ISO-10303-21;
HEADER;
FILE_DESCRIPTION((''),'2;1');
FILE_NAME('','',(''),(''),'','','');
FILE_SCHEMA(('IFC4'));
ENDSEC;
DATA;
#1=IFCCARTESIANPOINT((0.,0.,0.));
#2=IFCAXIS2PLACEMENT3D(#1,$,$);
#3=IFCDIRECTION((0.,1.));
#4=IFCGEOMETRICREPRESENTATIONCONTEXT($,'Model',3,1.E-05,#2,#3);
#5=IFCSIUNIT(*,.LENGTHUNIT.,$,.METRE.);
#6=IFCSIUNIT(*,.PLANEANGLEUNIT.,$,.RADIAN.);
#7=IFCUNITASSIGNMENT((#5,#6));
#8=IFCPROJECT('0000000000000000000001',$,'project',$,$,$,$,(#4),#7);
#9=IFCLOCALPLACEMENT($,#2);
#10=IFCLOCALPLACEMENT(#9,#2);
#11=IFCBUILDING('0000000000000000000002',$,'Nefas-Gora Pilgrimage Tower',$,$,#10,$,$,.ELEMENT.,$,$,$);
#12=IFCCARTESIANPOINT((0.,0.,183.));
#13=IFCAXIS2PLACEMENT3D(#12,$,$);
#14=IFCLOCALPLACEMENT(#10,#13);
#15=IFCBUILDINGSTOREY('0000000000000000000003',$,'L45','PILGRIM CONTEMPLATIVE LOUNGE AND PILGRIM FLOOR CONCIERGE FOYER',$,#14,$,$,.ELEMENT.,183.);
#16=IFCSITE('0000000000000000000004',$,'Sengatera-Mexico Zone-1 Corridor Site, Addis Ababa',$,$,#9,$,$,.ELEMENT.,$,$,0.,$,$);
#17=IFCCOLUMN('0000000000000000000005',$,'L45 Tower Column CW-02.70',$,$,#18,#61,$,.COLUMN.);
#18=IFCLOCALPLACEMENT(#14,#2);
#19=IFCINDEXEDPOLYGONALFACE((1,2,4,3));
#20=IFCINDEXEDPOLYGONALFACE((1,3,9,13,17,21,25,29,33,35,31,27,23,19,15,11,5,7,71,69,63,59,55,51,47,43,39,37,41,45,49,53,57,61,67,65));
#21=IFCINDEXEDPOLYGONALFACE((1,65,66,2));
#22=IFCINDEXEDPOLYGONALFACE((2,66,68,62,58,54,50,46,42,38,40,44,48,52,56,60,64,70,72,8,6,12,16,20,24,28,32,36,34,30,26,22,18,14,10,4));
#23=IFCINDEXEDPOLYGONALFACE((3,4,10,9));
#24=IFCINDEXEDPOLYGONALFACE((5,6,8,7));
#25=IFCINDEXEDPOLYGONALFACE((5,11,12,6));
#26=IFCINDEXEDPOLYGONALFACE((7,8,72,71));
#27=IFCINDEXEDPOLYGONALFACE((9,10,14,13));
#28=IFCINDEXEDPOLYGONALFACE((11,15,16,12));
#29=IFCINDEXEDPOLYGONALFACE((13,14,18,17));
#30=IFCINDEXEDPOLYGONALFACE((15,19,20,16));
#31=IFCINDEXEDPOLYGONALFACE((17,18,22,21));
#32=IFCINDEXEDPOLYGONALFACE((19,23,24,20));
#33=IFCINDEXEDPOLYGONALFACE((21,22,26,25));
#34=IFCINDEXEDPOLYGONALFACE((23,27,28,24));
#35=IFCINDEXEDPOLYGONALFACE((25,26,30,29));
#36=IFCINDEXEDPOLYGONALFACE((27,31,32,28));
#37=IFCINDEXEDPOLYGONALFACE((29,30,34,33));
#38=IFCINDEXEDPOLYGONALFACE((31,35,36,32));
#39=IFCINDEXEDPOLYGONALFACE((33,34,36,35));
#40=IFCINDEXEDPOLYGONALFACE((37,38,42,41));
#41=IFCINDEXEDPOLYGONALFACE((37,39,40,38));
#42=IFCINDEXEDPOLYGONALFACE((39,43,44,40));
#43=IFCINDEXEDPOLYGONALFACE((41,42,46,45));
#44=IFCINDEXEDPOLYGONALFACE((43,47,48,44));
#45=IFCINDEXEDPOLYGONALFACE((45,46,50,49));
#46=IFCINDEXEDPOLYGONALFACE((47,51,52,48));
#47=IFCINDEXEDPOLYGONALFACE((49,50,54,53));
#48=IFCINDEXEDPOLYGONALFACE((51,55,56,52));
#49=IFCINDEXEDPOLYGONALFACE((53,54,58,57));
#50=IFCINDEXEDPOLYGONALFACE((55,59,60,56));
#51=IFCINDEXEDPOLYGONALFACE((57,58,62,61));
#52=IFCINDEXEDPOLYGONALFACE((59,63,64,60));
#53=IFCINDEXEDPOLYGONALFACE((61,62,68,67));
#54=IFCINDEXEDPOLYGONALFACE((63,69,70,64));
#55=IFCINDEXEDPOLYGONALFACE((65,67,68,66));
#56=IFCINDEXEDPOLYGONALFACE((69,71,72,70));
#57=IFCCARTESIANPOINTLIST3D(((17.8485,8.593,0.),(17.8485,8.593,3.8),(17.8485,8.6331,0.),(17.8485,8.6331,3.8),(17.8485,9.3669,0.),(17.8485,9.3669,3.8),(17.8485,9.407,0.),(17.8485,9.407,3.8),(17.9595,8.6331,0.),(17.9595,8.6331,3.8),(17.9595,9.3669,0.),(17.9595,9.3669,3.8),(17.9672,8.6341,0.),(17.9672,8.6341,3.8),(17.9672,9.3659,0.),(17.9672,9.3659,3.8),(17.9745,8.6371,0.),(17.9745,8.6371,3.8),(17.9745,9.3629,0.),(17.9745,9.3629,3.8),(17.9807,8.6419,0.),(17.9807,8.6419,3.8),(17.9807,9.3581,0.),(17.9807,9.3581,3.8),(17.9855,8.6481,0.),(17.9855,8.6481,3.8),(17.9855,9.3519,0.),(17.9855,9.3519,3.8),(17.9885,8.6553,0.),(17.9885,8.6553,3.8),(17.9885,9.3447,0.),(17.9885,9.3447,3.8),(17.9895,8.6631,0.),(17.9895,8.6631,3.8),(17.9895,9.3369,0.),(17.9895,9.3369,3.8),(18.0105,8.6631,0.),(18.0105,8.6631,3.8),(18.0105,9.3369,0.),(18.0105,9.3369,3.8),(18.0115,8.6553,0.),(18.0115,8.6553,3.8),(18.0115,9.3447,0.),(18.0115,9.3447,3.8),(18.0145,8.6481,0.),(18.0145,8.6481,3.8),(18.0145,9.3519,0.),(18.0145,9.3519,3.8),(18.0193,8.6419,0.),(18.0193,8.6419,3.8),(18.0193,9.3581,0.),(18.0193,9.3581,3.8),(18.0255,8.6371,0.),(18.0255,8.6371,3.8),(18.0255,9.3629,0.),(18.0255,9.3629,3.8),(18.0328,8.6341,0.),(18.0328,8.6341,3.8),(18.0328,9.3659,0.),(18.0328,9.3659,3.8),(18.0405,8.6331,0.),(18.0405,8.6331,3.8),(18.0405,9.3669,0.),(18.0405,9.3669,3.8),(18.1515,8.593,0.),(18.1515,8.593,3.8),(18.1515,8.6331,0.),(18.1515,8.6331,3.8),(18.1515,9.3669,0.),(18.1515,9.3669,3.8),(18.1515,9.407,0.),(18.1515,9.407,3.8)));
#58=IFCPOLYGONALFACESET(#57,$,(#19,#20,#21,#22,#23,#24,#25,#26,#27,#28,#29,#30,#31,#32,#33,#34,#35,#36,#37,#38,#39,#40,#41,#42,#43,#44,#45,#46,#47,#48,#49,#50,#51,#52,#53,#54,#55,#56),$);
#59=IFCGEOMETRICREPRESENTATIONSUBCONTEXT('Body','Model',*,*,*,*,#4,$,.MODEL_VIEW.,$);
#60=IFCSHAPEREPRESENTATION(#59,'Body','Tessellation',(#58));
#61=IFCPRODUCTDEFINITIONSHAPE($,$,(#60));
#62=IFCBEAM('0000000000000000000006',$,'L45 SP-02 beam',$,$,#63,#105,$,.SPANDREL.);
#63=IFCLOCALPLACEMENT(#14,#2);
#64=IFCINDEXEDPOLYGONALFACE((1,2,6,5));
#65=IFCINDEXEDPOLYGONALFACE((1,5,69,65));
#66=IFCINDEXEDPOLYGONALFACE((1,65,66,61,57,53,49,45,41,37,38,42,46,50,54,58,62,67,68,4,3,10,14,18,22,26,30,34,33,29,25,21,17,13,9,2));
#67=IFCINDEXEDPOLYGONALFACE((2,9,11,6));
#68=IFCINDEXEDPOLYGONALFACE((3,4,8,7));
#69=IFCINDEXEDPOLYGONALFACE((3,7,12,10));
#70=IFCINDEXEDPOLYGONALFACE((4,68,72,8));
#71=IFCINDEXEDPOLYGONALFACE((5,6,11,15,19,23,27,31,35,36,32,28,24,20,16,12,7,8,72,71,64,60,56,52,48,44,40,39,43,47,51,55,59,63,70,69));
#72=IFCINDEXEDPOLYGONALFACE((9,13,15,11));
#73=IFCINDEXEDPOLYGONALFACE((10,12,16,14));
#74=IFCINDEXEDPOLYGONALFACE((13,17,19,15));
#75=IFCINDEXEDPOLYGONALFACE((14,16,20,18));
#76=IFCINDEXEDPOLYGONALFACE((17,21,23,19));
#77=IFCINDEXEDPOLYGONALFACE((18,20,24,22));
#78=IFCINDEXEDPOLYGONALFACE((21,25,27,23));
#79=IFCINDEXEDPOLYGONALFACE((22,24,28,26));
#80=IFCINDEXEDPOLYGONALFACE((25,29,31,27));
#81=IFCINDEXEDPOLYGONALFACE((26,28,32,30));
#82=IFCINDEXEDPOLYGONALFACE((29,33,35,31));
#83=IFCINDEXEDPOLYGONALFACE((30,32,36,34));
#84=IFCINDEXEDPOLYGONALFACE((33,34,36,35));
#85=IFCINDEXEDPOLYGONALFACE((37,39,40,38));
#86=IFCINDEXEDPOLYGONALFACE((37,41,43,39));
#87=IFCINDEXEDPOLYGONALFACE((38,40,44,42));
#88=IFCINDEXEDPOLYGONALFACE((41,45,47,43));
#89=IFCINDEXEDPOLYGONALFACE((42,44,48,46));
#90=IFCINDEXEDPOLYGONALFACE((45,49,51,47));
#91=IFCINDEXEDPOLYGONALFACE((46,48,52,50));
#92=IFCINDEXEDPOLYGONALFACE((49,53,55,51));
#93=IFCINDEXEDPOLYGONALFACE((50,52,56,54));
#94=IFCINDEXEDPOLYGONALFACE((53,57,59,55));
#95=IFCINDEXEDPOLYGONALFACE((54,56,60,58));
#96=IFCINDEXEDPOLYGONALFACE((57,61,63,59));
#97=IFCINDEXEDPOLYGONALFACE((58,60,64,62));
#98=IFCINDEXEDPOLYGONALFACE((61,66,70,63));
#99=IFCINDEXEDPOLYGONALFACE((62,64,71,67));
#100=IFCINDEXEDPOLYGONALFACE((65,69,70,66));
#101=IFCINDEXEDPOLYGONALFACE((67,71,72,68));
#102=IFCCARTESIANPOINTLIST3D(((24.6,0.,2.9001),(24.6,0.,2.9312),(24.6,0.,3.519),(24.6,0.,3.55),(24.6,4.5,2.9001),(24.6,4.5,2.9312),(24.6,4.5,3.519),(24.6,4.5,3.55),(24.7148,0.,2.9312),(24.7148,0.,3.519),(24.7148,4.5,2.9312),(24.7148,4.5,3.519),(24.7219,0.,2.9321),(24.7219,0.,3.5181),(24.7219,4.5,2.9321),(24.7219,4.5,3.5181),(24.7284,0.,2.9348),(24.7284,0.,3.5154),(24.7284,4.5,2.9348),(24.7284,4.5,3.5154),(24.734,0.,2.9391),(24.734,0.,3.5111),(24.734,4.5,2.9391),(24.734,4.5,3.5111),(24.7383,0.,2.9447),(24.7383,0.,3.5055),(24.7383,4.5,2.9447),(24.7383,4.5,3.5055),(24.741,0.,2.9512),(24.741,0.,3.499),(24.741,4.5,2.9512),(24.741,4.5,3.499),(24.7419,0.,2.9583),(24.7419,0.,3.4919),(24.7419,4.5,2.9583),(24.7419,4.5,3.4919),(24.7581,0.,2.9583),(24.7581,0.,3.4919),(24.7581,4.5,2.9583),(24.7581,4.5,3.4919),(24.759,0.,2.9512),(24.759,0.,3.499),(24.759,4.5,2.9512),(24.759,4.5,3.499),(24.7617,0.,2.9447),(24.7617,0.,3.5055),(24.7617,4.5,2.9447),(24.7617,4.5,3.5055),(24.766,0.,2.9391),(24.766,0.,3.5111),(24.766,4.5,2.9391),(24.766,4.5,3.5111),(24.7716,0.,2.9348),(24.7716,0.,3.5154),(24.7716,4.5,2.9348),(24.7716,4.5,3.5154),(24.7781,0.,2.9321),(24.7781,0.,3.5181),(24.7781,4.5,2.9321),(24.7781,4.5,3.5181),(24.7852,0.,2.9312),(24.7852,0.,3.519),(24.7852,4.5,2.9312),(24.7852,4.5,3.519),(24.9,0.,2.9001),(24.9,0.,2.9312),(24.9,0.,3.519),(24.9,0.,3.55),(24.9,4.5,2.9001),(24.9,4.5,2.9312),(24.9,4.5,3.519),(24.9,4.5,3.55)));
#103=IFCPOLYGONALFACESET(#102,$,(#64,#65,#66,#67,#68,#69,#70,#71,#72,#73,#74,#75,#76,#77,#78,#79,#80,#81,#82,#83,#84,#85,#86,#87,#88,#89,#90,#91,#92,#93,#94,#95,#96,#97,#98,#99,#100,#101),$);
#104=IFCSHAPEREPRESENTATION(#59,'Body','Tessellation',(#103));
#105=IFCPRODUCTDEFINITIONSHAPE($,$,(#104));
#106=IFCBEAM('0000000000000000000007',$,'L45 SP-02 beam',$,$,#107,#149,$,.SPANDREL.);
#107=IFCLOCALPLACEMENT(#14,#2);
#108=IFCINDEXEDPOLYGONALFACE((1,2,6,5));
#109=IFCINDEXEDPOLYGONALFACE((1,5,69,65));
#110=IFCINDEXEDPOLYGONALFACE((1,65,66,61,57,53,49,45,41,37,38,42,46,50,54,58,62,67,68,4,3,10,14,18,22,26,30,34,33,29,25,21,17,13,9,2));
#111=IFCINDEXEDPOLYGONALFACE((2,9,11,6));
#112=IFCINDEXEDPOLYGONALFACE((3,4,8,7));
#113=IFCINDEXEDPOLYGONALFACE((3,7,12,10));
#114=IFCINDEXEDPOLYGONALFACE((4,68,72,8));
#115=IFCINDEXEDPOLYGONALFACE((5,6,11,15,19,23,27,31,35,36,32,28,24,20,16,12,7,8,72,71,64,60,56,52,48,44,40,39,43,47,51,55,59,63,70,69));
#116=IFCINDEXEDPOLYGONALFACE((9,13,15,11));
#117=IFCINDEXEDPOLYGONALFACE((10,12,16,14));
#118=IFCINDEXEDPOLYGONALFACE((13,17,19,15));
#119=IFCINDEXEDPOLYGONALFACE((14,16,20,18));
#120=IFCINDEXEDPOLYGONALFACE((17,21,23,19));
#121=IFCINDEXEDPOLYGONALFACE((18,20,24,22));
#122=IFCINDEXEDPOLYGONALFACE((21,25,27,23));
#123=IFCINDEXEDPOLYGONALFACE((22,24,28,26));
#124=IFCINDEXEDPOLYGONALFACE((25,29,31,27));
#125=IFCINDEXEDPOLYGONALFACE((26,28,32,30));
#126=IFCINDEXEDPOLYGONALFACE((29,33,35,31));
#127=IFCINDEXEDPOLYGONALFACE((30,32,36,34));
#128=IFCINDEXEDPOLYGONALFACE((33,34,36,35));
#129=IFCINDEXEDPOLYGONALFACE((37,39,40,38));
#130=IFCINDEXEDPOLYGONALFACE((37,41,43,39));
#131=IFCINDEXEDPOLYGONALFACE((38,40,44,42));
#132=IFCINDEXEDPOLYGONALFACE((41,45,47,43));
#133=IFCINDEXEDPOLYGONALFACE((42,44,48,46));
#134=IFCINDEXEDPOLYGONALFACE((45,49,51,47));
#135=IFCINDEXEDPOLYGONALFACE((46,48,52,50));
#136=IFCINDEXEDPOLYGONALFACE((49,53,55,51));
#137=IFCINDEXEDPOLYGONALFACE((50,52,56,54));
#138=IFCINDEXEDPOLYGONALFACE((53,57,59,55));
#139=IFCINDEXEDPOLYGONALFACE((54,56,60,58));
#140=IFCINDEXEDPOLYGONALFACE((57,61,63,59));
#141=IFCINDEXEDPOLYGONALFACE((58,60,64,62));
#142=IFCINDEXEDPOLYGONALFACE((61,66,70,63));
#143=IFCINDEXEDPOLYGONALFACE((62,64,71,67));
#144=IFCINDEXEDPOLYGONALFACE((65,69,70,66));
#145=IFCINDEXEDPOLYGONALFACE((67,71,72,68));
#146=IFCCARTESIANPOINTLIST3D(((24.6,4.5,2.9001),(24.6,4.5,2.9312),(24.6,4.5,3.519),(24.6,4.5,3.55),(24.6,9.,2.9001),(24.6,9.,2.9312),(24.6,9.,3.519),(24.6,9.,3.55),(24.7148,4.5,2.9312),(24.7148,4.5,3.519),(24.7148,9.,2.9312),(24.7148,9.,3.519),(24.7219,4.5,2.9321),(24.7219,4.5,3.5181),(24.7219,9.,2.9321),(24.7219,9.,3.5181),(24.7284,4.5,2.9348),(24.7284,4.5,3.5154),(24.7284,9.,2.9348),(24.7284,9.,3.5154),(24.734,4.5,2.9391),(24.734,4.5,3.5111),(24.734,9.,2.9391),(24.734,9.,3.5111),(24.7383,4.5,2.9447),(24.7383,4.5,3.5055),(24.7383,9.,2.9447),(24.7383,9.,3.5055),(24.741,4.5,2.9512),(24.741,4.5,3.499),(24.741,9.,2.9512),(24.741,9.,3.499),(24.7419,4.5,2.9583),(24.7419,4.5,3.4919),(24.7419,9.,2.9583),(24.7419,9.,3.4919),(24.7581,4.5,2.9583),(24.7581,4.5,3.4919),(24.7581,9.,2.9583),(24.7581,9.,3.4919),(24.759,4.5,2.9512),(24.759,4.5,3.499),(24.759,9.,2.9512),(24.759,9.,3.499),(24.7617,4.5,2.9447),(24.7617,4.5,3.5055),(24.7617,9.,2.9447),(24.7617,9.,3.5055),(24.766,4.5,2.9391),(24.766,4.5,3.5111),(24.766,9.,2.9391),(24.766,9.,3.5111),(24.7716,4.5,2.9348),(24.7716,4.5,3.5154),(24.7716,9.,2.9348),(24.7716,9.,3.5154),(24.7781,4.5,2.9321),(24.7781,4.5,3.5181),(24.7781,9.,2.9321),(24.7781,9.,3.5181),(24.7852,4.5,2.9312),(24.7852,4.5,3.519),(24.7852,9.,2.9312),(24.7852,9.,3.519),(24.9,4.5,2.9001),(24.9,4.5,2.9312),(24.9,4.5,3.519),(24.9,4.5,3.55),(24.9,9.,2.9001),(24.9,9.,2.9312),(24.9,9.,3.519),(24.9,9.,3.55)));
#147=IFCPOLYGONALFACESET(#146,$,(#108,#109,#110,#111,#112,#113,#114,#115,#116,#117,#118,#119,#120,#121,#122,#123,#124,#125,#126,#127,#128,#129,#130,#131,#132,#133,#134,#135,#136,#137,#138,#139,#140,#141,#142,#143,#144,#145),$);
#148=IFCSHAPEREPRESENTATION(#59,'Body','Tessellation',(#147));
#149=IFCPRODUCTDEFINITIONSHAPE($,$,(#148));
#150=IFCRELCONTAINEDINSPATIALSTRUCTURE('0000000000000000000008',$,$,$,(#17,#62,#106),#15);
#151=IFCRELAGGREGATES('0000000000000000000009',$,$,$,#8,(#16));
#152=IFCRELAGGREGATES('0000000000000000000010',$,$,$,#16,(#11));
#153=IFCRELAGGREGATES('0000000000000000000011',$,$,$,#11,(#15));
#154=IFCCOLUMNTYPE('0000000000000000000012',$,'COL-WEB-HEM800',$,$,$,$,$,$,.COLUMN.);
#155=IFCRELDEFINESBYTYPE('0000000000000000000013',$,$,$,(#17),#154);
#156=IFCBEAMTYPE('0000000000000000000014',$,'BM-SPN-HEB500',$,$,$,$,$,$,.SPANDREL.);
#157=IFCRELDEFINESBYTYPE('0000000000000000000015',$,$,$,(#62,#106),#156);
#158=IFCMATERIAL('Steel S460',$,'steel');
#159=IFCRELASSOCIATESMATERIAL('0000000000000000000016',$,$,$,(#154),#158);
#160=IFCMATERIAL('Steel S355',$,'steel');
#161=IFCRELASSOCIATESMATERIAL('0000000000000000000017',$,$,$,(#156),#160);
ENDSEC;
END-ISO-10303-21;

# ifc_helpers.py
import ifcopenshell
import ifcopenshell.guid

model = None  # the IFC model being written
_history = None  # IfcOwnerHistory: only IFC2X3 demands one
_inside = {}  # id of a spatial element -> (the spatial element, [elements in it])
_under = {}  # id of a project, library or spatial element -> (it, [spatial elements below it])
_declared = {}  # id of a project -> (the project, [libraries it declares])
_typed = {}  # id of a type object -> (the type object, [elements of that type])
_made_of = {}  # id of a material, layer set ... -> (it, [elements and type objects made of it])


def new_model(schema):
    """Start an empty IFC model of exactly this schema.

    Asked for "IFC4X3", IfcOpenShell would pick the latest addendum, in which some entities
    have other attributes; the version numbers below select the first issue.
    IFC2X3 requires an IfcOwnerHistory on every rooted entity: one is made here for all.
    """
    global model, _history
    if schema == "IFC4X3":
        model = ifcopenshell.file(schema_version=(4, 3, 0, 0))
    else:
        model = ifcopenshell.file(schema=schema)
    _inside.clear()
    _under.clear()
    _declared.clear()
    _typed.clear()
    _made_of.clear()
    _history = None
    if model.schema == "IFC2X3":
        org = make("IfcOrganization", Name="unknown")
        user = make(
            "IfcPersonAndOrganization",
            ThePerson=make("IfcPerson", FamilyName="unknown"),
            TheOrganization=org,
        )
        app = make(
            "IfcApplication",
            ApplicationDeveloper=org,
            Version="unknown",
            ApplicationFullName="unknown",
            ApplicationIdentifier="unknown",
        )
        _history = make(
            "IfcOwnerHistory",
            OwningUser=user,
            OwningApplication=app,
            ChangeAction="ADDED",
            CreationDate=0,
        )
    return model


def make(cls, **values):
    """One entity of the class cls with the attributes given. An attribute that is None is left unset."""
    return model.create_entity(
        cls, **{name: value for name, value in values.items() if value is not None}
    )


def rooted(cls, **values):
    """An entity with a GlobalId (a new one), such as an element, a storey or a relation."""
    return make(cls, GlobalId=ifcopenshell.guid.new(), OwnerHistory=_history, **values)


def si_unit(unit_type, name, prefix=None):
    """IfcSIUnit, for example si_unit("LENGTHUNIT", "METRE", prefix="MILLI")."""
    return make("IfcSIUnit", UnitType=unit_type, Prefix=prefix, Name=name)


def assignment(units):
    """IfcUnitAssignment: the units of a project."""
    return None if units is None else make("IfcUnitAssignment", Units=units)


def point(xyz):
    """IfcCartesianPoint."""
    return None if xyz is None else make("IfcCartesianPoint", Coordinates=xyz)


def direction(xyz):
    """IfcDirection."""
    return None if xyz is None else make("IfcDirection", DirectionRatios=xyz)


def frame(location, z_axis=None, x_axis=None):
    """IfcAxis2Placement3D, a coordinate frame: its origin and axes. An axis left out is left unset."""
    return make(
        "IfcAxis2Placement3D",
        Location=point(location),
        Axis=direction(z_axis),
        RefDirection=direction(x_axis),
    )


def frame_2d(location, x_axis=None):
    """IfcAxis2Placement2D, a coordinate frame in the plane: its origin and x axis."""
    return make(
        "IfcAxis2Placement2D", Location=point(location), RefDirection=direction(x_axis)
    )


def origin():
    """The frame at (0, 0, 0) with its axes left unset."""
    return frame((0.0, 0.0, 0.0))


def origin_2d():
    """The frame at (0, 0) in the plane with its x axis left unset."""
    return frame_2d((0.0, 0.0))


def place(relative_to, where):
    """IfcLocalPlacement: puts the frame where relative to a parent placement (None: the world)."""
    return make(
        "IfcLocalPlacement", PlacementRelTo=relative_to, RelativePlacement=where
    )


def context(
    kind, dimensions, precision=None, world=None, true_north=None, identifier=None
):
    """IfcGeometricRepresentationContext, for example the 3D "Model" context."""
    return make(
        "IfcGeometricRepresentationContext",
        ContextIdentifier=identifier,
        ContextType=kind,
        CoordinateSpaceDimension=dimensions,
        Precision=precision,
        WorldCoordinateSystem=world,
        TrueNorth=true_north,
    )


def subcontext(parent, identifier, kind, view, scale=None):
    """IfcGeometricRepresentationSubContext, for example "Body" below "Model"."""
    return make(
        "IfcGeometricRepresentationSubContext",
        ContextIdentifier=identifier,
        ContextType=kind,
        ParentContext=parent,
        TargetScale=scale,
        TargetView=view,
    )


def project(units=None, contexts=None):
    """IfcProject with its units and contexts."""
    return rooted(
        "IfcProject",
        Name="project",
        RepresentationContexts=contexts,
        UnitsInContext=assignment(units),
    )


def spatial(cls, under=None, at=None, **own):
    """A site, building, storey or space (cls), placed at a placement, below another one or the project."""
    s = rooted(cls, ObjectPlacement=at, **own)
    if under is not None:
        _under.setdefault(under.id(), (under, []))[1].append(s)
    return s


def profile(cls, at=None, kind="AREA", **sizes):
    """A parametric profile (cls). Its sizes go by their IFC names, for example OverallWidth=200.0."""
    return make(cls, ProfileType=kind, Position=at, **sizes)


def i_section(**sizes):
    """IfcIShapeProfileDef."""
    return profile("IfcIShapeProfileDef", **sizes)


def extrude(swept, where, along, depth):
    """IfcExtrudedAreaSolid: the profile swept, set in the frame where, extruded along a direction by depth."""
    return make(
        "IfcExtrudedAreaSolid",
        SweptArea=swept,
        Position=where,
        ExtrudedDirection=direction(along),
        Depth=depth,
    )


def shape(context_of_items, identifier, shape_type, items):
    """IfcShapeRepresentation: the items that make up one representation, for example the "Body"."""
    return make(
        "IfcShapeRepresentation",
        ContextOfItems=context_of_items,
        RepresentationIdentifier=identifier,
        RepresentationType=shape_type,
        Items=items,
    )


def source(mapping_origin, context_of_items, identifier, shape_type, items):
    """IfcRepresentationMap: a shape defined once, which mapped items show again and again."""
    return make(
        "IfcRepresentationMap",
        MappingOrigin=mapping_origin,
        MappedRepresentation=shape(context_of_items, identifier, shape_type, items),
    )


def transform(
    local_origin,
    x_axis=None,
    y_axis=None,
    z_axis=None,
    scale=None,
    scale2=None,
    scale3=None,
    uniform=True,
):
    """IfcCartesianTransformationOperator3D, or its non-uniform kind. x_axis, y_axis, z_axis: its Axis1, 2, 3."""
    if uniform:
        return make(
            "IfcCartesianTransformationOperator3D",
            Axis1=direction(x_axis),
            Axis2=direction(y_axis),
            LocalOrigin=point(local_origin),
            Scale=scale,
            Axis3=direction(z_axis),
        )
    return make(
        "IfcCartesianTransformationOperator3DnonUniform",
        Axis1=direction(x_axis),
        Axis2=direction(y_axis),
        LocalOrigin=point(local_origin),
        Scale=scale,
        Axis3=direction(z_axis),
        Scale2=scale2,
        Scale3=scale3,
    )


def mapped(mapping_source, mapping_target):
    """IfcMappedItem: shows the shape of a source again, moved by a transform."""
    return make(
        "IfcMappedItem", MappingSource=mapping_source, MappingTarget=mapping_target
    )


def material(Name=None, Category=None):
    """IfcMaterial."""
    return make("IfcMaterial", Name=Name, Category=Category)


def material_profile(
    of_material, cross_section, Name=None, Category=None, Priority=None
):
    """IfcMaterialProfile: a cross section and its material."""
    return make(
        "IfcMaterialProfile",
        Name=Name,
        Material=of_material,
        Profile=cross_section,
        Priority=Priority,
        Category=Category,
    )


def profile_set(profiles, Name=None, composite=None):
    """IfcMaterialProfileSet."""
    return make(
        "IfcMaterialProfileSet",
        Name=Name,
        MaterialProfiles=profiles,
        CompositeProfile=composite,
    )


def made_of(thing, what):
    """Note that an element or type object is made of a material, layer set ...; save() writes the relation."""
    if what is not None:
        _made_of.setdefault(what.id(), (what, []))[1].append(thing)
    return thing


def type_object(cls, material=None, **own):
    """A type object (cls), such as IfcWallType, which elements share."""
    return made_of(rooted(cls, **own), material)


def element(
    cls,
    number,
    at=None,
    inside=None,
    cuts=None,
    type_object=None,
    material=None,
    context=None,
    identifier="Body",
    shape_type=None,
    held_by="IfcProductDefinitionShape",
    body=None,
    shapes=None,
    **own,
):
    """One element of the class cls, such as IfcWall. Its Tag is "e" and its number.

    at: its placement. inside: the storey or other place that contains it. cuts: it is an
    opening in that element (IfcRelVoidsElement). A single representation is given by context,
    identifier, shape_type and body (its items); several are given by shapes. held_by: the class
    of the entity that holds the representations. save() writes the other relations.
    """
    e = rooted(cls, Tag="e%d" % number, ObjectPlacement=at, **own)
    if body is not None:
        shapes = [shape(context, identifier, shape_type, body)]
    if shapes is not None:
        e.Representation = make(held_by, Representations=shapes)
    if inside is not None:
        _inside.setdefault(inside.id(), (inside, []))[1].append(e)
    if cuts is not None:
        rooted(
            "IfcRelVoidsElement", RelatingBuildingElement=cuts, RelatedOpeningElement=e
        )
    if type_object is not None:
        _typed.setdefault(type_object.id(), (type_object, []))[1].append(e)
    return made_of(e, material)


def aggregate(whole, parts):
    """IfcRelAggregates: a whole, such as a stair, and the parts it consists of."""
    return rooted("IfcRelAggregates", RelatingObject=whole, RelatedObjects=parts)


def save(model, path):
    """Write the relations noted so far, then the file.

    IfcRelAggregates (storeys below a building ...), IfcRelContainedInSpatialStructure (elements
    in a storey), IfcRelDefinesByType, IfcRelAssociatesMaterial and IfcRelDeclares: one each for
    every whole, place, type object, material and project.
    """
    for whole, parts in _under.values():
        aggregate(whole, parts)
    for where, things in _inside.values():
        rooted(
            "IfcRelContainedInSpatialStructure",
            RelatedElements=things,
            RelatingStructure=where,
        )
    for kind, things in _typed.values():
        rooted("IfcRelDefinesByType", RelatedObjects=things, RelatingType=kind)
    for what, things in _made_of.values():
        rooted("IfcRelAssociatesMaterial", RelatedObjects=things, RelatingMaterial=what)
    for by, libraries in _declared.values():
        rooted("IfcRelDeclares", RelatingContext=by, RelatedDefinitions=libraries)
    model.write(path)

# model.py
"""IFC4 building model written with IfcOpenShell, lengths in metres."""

from ifc_helpers import new_model, si_unit, direction, frame, origin, origin_2d, place, context, subcontext, project, spatial, i_section, extrude, source, transform, mapped, material, material_profile, profile_set, type_object, element, save


model = new_model("IFC4")

# Units and contexts
model_context = context("Model", 3, precision=1e-05, world=origin(), true_north=direction((0.0, 1.0)))
body_context = subcontext(model_context, "Body", "Model", "MODEL_VIEW")
ifc_project = project(units=[si_unit("LENGTHUNIT", "METRE"), si_unit("PLANEANGLEUNIT", "RADIAN")], contexts=[model_context])

# Site, building, storey
site_placement = place(None, origin())
site = spatial("IfcSite", under=ifc_project, at=site_placement, Name="Sengatera-Mexico Zone-1 Corridor Site, Addis Ababa", CompositionType="ELEMENT", RefElevation=0.0)
building_placement = place(site_placement, origin())
building = spatial("IfcBuilding", under=site, at=building_placement, Name="Nefas-Gora Pilgrimage Tower", CompositionType="ELEMENT")
storey_placement = place(building_placement, frame((0.0, 0.0, 183.0)))
storey = spatial("IfcBuildingStorey", under=building, at=storey_placement, Name="L45", Description="PILGRIM CONTEMPLATIVE LOUNGE AND PILGRIM FLOOR CONCIERGE FOYER", CompositionType="ELEMENT", Elevation=183.0)

# Column
ifc_material_1 = material(Name="Steel S460", Category="steel")
ifc_material_profile_1 = material_profile(ifc_material_1, i_section(OverallWidth=0.303, OverallDepth=0.814, WebThickness=0.021, FlangeThickness=0.04, FilletRadius=0.03, at=origin_2d()), Name="HEM 800")
ifc_profile_set_1 = profile_set([ifc_material_profile_1], Name="Steel S460")
column_type_1 = type_object("IfcColumnType", Name="COL-WEB-HEM800", PredefinedType="COLUMN", material=ifc_profile_set_1)
shared_shape_1 = source(origin(), body_context, "Body", "SweptSolid", [
    extrude(i_section(OverallWidth=0.303, OverallDepth=0.814, WebThickness=0.021, FlangeThickness=0.04, FilletRadius=0.03, at=origin_2d()), origin(), (0.0, 0.0, 1.0), 3.8),
])
for number, where, z_axis, x_axis, name in (
    (1, (18.0, 9.0, 0.0), (0.0, 0.0, 1.0), (1.0, 0.0, 0.0), "L45 Tower Column CW-02.70"),
):
    element("IfcColumn", number, at=place(storey_placement, frame(where, z_axis=z_axis, x_axis=x_axis)), inside=storey, type_object=column_type_1, Name=name, PredefinedType="COLUMN", context=body_context, shape_type="MappedRepresentation", body=[
        mapped(shared_shape_1, transform((0.0, 0.0, 0.0), x_axis=(1.0, 0.0, 0.0), y_axis=(0.0, 1.0, 0.0), z_axis=(0.0, 0.0, 1.0), scale=1.0)),
    ])

# Beams
ifc_material_2 = material(Name="Steel S355", Category="steel")
ifc_material_profile_2 = material_profile(ifc_material_2, i_section(OverallWidth=0.3, OverallDepth=0.6499, WebThickness=0.0161, FlangeThickness=0.031, FilletRadius=0.0271, at=origin_2d()), Name="HEB 650")
ifc_profile_set_2 = profile_set([ifc_material_profile_2], Name="Steel S355")
beam_type_1 = type_object("IfcBeamType", Name="BM-SPN-HEB500", PredefinedType="SPANDREL", material=ifc_profile_set_2)
shared_shape_2 = source(origin(), body_context, "Body", "SweptSolid", [
    extrude(i_section(OverallWidth=0.3, OverallDepth=0.6499, WebThickness=0.0161, FlangeThickness=0.031, FilletRadius=0.0271, at=origin_2d()), origin(), (0.0, 0.0, 1.0), 4.5),
])
for number, where, z_axis, x_axis, name in (
    (2, (24.75, 0.0, 3.2251), (0.0, 1.0, 0.0), (-1.0, 0.0, 0.0), "L45 SP-02 beam"),
    (3, (24.75, 4.5, 3.2251), (0.0, 1.0, 0.0), (-1.0, 0.0, 0.0), "L45 SP-02 beam"),
):
    element("IfcBeam", number, at=place(storey_placement, frame(where, z_axis=z_axis, x_axis=x_axis)), inside=storey, type_object=beam_type_1, Name=name, PredefinedType="SPANDREL", context=body_context, shape_type="MappedRepresentation", body=[
        mapped(shared_shape_2, transform((0.0, 0.0, 0.0), x_axis=(1.0, 0.0, 0.0), y_axis=(0.0, 1.0, 0.0), z_axis=(0.0, 0.0, 1.0), scale=1.0)),
    ])

save(model, "model.ifc")
